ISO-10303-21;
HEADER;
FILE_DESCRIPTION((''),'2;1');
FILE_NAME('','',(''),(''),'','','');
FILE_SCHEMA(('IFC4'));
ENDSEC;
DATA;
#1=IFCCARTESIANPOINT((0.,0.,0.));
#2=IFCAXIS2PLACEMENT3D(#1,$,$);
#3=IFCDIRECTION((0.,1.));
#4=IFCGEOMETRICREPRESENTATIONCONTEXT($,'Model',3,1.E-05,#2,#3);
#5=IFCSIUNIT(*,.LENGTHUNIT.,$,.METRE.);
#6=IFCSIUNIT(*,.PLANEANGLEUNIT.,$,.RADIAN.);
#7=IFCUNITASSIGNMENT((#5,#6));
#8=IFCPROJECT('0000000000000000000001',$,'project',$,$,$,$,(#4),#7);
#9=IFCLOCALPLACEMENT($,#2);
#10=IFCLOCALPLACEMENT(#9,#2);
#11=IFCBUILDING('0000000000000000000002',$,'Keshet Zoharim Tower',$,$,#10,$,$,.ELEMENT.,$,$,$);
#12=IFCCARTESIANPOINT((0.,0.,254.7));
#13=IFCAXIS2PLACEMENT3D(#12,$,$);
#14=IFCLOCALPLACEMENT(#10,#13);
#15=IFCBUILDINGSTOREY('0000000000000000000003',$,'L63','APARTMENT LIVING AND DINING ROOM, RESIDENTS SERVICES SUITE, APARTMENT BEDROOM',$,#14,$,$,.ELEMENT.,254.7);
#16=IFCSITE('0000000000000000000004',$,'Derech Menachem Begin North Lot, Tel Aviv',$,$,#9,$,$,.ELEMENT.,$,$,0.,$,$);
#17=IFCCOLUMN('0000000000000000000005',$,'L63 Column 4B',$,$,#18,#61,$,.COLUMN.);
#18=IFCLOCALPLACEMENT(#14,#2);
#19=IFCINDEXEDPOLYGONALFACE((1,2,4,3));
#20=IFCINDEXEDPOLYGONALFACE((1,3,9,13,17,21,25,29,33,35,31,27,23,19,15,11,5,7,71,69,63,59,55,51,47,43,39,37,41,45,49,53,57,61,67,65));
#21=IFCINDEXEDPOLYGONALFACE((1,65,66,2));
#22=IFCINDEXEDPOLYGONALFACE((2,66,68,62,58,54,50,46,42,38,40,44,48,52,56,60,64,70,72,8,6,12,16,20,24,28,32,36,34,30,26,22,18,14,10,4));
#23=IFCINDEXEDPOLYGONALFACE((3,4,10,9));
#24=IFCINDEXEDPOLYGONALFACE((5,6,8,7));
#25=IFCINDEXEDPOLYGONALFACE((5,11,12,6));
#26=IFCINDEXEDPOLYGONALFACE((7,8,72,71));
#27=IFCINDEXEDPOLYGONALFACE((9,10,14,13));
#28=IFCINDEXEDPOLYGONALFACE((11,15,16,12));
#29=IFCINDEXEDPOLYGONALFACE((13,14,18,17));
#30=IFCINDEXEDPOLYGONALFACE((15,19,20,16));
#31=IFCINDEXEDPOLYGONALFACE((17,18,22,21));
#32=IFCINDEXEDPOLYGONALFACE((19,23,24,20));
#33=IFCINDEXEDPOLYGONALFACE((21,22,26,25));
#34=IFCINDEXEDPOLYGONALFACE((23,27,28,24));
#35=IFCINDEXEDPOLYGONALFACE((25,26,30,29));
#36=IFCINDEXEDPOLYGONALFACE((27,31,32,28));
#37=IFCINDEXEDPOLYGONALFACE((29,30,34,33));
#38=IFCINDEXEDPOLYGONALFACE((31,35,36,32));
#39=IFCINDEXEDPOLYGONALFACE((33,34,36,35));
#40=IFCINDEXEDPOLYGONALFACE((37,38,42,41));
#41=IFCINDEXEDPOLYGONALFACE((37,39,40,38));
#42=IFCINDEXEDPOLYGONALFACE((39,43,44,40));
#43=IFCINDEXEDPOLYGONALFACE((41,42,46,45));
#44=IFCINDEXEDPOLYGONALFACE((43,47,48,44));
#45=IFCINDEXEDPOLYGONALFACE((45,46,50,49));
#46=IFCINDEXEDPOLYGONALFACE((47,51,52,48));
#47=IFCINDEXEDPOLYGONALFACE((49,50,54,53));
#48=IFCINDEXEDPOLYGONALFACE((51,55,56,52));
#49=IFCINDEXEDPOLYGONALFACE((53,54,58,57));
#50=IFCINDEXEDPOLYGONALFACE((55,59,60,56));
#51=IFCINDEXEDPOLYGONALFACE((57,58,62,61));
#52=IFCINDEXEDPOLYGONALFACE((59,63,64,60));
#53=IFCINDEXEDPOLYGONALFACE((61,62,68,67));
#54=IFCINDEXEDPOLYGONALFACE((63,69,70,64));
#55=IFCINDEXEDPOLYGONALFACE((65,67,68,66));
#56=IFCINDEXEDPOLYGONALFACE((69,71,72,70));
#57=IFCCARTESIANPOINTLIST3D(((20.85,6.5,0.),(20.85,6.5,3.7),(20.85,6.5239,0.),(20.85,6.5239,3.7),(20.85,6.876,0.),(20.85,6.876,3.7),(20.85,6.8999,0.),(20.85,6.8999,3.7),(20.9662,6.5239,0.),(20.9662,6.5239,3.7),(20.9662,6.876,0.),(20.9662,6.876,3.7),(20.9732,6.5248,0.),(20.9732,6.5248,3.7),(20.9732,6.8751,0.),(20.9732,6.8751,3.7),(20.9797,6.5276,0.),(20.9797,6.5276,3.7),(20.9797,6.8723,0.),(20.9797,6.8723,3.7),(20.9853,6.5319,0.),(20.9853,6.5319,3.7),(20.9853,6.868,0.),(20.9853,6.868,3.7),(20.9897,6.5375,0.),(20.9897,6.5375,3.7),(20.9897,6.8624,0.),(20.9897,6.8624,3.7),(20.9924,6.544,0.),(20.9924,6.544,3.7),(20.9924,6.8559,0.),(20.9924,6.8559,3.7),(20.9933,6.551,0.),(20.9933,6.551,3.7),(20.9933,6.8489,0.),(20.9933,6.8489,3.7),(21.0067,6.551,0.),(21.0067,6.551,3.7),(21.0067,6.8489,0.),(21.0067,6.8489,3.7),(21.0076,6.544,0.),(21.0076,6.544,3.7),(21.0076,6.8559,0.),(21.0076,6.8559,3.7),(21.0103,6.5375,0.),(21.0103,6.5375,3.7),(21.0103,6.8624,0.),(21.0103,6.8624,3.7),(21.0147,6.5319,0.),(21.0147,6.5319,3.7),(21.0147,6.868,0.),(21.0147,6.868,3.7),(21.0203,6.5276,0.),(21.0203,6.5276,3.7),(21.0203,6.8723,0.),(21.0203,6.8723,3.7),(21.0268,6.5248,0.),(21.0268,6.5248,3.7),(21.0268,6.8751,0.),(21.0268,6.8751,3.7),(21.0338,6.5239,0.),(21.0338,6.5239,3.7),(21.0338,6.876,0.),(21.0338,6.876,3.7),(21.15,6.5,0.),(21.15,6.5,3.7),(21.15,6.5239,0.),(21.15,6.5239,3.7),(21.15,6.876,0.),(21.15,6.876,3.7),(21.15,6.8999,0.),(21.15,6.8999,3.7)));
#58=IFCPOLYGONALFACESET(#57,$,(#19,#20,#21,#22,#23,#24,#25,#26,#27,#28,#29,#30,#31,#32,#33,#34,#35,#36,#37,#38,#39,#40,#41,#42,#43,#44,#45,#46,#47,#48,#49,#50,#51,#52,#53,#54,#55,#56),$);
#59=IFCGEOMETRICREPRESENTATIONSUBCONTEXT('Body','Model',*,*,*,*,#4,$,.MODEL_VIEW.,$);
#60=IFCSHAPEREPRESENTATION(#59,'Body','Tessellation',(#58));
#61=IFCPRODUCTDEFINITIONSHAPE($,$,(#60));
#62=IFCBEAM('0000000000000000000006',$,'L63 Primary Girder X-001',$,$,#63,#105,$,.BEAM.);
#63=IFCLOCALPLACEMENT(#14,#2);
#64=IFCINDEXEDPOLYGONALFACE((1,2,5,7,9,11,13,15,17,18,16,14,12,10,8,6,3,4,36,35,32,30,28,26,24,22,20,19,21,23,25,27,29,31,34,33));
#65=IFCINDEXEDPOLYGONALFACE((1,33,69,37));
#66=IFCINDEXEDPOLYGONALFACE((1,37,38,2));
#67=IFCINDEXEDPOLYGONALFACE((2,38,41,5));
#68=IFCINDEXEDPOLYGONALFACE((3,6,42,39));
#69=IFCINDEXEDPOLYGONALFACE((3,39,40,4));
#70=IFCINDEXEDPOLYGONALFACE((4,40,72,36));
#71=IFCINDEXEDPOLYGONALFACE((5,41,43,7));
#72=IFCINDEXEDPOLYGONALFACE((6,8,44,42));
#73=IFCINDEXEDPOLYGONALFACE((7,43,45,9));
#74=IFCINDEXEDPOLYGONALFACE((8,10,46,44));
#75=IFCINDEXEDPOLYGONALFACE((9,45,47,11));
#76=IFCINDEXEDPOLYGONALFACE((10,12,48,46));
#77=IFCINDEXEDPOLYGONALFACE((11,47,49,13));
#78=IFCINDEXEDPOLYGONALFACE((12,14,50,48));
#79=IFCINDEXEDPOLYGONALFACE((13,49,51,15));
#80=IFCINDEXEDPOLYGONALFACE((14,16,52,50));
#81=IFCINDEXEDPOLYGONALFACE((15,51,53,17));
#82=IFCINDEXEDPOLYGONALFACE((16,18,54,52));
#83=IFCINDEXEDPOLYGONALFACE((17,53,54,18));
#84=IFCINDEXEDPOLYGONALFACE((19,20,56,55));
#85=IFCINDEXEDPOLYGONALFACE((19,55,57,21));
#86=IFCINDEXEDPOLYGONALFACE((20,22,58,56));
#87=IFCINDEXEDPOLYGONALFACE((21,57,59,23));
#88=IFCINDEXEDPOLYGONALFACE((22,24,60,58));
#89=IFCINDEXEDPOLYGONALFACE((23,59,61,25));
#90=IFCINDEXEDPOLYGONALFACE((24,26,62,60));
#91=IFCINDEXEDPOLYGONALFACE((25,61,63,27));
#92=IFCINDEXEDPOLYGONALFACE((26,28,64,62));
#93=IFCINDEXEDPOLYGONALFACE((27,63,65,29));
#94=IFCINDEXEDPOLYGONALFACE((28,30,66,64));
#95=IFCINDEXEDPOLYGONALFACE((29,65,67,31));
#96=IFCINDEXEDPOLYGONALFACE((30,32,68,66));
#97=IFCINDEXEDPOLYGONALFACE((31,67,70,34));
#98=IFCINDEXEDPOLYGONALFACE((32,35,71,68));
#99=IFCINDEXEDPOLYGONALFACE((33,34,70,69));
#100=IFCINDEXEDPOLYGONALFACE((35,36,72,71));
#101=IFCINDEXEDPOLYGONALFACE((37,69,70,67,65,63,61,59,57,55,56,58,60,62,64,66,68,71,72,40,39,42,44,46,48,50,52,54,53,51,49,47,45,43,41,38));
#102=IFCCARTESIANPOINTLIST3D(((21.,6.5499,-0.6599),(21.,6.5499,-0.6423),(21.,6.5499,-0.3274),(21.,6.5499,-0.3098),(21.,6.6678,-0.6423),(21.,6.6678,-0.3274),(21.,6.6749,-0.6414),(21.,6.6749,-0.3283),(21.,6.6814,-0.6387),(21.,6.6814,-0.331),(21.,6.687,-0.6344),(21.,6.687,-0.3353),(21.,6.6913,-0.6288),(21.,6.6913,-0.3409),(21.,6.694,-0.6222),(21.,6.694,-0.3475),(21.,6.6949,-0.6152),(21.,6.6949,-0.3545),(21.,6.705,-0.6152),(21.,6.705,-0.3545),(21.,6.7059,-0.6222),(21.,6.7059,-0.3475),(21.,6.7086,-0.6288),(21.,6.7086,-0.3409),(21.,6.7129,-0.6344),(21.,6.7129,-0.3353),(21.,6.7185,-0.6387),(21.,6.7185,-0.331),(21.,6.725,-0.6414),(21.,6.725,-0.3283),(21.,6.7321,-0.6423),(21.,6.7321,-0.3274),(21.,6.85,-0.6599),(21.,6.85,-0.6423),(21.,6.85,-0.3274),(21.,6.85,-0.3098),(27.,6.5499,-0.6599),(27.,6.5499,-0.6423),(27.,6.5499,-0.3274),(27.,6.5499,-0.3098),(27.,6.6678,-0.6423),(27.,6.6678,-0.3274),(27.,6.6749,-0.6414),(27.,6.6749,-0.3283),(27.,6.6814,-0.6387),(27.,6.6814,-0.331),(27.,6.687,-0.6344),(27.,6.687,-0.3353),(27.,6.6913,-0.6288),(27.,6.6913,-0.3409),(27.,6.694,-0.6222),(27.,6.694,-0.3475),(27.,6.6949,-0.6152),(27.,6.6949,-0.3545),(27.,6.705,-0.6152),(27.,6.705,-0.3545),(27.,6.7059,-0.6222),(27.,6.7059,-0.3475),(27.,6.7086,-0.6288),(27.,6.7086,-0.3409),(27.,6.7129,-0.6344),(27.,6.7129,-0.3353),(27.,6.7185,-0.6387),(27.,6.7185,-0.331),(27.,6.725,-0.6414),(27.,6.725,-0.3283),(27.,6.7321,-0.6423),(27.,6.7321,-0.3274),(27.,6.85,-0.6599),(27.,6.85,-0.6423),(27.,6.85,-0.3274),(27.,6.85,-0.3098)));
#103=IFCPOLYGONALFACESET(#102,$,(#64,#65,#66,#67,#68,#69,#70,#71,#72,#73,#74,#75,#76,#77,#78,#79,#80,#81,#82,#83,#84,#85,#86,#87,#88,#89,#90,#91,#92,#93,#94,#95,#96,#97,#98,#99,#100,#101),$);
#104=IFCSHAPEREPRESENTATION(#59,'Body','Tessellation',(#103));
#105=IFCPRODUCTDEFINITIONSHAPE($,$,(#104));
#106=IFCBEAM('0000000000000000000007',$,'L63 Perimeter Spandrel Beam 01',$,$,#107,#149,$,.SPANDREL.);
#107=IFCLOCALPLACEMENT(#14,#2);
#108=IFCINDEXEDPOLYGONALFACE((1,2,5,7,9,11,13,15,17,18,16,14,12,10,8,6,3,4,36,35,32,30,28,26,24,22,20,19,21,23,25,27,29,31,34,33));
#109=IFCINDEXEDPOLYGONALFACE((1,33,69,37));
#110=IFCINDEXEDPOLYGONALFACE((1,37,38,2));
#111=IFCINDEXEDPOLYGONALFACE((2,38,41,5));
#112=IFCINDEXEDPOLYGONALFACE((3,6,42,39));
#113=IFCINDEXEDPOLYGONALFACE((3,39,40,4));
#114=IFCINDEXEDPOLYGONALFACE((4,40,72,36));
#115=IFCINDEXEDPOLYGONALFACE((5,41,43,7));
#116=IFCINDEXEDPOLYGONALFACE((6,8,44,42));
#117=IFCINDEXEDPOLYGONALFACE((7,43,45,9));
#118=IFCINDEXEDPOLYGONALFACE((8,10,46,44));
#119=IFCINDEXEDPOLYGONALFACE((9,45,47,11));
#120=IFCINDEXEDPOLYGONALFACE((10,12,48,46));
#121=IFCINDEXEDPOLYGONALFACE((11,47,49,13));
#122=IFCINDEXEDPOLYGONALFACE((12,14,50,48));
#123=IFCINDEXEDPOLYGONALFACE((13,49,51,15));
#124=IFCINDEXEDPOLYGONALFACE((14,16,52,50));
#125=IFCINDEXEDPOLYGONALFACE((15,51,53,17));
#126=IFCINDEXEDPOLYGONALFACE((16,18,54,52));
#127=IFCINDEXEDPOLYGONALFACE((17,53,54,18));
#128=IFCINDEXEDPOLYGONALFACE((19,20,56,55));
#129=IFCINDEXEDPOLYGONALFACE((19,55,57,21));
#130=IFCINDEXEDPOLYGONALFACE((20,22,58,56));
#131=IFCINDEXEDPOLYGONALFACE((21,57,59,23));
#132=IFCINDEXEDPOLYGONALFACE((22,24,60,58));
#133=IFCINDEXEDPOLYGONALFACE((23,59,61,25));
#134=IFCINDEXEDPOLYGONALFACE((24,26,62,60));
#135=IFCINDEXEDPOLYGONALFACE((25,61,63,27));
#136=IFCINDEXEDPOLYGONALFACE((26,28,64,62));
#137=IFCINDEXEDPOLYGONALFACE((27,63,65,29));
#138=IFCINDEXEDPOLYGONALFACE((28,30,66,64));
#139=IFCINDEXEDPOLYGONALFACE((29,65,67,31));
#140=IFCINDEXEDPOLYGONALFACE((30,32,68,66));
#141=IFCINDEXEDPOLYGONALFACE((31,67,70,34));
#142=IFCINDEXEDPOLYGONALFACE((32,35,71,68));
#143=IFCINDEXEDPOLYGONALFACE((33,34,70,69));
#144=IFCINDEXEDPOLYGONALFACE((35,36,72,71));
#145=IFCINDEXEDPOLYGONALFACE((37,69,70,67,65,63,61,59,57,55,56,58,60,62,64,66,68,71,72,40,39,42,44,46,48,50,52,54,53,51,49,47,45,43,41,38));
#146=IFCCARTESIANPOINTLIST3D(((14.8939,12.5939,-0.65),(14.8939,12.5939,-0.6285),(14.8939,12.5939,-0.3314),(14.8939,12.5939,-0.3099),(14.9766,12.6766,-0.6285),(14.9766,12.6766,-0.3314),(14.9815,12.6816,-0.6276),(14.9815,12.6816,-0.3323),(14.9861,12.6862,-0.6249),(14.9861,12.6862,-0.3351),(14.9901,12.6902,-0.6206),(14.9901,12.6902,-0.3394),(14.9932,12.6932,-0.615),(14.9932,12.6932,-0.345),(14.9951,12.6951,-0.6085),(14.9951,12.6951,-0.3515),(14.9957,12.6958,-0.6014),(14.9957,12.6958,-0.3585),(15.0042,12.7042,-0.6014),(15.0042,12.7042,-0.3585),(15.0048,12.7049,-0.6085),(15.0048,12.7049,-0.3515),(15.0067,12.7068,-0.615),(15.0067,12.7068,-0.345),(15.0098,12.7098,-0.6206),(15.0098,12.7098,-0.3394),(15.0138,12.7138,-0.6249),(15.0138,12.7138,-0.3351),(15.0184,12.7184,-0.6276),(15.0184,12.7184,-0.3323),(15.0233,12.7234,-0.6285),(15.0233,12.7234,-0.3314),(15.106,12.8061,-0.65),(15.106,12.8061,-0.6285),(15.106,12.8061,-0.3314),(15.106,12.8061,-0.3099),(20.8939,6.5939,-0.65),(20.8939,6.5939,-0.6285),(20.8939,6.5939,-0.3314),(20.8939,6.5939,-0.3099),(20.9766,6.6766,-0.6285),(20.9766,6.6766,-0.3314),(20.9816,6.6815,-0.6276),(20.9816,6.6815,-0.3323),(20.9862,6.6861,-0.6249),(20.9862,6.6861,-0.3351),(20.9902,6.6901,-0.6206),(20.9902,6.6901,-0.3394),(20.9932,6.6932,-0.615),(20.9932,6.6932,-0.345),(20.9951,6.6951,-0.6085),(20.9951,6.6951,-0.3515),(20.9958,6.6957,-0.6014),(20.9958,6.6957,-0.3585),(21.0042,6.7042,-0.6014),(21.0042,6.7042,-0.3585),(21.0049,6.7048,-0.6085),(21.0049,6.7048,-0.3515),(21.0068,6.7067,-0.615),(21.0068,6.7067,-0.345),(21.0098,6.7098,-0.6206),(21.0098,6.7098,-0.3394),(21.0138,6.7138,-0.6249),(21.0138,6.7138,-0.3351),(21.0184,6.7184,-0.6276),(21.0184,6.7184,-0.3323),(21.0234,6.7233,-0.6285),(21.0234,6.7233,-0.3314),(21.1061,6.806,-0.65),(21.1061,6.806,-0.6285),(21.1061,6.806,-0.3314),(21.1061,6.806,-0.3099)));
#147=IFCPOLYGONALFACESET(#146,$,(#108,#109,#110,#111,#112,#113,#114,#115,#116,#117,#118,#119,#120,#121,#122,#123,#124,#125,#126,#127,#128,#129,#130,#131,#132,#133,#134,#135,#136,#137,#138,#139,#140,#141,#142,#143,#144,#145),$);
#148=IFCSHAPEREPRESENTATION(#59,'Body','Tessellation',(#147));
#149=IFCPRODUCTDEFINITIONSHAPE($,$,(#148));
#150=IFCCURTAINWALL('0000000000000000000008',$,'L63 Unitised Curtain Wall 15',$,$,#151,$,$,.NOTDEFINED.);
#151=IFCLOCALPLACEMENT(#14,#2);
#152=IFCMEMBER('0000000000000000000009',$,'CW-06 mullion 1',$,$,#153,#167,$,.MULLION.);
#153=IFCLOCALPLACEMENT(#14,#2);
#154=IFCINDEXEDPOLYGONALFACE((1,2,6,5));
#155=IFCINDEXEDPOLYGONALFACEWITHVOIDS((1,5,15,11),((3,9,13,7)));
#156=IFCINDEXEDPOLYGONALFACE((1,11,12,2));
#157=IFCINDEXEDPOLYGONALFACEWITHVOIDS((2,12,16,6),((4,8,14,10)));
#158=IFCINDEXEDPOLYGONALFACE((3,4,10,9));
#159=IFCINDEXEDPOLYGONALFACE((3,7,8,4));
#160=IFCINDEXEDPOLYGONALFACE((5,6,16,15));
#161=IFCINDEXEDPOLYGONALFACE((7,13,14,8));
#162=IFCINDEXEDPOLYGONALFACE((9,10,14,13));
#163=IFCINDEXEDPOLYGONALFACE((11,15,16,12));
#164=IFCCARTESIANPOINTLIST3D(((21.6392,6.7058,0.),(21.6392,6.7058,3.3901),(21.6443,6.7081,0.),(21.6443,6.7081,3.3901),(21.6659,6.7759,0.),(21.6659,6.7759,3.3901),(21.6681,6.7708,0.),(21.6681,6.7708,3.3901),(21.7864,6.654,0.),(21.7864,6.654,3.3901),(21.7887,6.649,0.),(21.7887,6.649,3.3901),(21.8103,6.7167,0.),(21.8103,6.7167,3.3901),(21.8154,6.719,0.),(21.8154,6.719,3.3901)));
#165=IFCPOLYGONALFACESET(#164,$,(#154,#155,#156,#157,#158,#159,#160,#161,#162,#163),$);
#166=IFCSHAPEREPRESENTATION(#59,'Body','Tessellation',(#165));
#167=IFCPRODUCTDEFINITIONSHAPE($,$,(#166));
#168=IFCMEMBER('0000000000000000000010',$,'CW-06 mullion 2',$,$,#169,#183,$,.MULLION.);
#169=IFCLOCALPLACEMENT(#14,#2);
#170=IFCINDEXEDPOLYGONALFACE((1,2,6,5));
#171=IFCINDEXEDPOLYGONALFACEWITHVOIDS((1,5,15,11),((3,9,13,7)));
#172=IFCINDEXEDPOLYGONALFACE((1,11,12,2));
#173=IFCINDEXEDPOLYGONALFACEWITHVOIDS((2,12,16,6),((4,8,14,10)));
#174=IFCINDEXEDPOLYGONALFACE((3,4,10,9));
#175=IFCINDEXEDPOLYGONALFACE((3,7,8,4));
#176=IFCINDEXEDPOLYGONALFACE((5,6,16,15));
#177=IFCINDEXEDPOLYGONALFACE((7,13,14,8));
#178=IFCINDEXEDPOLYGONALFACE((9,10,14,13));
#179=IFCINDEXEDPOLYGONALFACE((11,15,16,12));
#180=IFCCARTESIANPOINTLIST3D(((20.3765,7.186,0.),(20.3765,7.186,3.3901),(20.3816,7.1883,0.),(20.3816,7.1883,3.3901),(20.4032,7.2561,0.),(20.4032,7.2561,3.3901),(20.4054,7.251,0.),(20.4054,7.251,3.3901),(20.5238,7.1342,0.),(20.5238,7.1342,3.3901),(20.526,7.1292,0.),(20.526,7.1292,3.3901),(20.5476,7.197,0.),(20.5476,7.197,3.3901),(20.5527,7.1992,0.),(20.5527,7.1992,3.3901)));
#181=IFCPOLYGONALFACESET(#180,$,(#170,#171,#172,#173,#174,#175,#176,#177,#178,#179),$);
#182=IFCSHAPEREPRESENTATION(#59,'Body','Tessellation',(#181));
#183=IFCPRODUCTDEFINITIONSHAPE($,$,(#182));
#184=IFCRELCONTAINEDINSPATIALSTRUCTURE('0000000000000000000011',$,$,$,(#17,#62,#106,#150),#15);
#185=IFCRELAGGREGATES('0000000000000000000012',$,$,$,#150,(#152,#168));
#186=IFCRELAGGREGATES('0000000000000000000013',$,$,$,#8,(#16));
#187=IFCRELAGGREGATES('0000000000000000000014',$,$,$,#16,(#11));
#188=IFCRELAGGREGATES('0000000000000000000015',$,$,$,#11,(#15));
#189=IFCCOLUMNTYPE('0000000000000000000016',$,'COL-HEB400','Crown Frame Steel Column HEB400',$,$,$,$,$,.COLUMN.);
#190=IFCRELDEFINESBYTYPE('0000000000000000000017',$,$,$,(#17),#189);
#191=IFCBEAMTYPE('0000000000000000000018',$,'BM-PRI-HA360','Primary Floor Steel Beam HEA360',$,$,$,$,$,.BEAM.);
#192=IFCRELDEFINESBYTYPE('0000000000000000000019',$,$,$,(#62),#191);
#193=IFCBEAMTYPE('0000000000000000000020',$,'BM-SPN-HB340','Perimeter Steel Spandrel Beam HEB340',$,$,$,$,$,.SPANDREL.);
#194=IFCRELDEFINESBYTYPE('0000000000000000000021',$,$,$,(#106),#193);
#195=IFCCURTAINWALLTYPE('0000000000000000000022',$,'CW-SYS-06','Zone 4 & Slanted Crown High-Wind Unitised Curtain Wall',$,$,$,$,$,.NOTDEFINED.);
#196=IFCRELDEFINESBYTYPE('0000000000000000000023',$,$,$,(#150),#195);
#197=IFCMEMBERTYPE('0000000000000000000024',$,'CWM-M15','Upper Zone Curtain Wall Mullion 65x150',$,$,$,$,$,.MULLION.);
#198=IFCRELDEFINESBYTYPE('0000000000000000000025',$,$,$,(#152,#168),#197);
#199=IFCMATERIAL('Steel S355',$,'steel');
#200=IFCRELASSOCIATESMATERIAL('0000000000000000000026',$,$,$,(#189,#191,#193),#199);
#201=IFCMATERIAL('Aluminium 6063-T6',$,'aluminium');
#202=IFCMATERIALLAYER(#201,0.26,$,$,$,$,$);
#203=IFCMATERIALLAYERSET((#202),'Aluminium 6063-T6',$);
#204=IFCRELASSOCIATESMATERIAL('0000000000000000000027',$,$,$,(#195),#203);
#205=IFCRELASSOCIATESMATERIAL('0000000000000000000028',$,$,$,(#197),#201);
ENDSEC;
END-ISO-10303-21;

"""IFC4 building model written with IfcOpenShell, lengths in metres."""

from ifc_helpers import new_model, si_unit, direction, frame, origin, origin_2d, place, context, subcontext, project, spatial, hollow_rectangle, i_section, extrude, material, layer, layer_set, material_profile, profile_set, type_object, element, aggregate, save


model = new_model("IFC4")

# Units and contexts
model_context = context("Model", 3, precision=1e-05, world=origin(), true_north=direction((0.0, 1.0)))
body_context = subcontext(model_context, "Body", "Model", "MODEL_VIEW")
ifc_project = project(units=[si_unit("LENGTHUNIT", "METRE"), si_unit("PLANEANGLEUNIT", "RADIAN")], contexts=[model_context])

# Site, building, storey
site_placement = place(None, origin())
site = spatial("IfcSite", under=ifc_project, at=site_placement, Name="Derech Menachem Begin North Lot, Tel Aviv", CompositionType="ELEMENT", RefElevation=0.0)
building_placement = place(site_placement, origin())
building = spatial("IfcBuilding", under=site, at=building_placement, Name="Keshet Zoharim Tower", CompositionType="ELEMENT")
storey_placement = place(building_placement, frame((0.0, 0.0, 254.7)))
storey = spatial("IfcBuildingStorey", under=building, at=storey_placement, Name="L63", Description="APARTMENT LIVING AND DINING ROOM, RESIDENTS SERVICES SUITE, APARTMENT BEDROOM", CompositionType="ELEMENT", Elevation=254.7)

# Column
ifc_material_1 = material(Name="Steel S355", Category="steel")
ifc_material_profile_1 = material_profile(ifc_material_1, i_section(OverallWidth=0.3, OverallDepth=0.3999, WebThickness=0.0134, FlangeThickness=0.0239, FilletRadius=0.0271, at=origin_2d()), Name="HEB400")
ifc_profile_set_1 = profile_set([ifc_material_profile_1], Name="Steel S355")
column_type = type_object("IfcColumnType", Name="COL-HEB400", Description="Crown Frame Steel Column HEB400", PredefinedType="COLUMN", material=ifc_profile_set_1)
column_placement = place(storey_placement, frame((21.0, 6.7, 0.0), z_axis=(0.0, 0.0, 1.0), x_axis=(1.0, 0.0, 0.0)))
element("IfcColumn", 1, at=column_placement, inside=storey, type_object=column_type, Name="L63 Column 4B", PredefinedType="COLUMN", context=body_context, shape_type="SweptSolid", body=[
    extrude(i_section(OverallWidth=0.3, OverallDepth=0.3999, WebThickness=0.0134, FlangeThickness=0.0239, FilletRadius=0.0271, at=origin_2d()), origin(), (0.0, 0.0, 1.0), 3.7),
])

# Beams
ifc_material_profile_2 = material_profile(ifc_material_1, i_section(OverallWidth=0.3, OverallDepth=0.3501, WebThickness=0.01, FlangeThickness=0.0176, FilletRadius=0.0271, at=origin_2d()), Name="HEA360")
ifc_profile_set_2 = profile_set([ifc_material_profile_2], Name="Steel S355")
beam_type_1 = type_object("IfcBeamType", Name="BM-PRI-HA360", Description="Primary Floor Steel Beam HEA360", PredefinedType="BEAM", material=ifc_profile_set_2)
beam_1_placement = place(storey_placement, frame((21.0, 6.7, -0.4849), z_axis=(1.0, 0.0, 0.0), x_axis=(0.0, 1.0, 0.0)))
element("IfcBeam", 2, at=beam_1_placement, inside=storey, type_object=beam_type_1, Name="L63 Primary Girder X-001", PredefinedType="BEAM", context=body_context, shape_type="SweptSolid", body=[
    extrude(i_section(OverallWidth=0.3, OverallDepth=0.3501, WebThickness=0.01, FlangeThickness=0.0176, FilletRadius=0.0271, at=origin_2d()), origin(), (0.0, 0.0, 1.0), 6.0),
])
ifc_material_profile_3 = material_profile(ifc_material_1, i_section(OverallWidth=0.3, OverallDepth=0.3401, WebThickness=0.012, FlangeThickness=0.0215, FilletRadius=0.0271, at=origin_2d()), Name="HEB340")
ifc_profile_set_3 = profile_set([ifc_material_profile_3], Name="Steel S355")
beam_type_2 = type_object("IfcBeamType", Name="BM-SPN-HB340", Description="Perimeter Steel Spandrel Beam HEB340", PredefinedType="SPANDREL", material=ifc_profile_set_3)
beam_2_placement = place(storey_placement, frame((21.0, 6.7, -0.48), z_axis=(-0.707107, 0.707107, 0.0), x_axis=(-0.707107, -0.707107, 0.0)))
element("IfcBeam", 3, at=beam_2_placement, inside=storey, type_object=beam_type_2, Name="L63 Perimeter Spandrel Beam 01", PredefinedType="SPANDREL", context=body_context, shape_type="SweptSolid", body=[
    extrude(i_section(OverallWidth=0.3, OverallDepth=0.3401, WebThickness=0.012, FlangeThickness=0.0215, FilletRadius=0.0271, at=origin_2d()), origin(), (0.0, 0.0, 1.0), 8.4854),
])

# Curtain wall, members
ifc_material_2 = material(Name="Aluminium 6063-T6", Category="aluminium")
ifc_layer_1 = layer(ifc_material_2, 0.26)
ifc_layer_set_1 = layer_set([ifc_layer_1], Name="Aluminium 6063-T6")
curtain_wall_type = type_object("IfcCurtainWallType", Name="CW-SYS-06", Description="Zone 4 & Slanted Crown High-Wind Unitised Curtain Wall", PredefinedType="NOTDEFINED", material=ifc_layer_set_1)
curtain_wall_1_placement = place(storey_placement, origin())
curtain_wall_1 = element("IfcCurtainWall", 4, at=curtain_wall_1_placement, inside=storey, type_object=curtain_wall_type, Name="L63 Unitised Curtain Wall 15", PredefinedType="NOTDEFINED")
ifc_material_profile_4 = material_profile(ifc_material_2, hollow_rectangle(XDim=0.075, YDim=0.1599, WallThickness=0.0039, at=origin_2d()), Name="MUL-75x160")
ifc_profile_set_4 = profile_set([ifc_material_profile_4], Name="Aluminium 6063-T6")
member_type_1 = type_object("IfcMemberType", Name="CWM-M15", Description="Upper Zone Curtain Wall Mullion 65x150", PredefinedType="MULLION", material=ifc_profile_set_4)
member_1_placement = place(storey_placement, frame((21.7273, 6.7124, 0.0), z_axis=(0.0, 0.0, 1.0), x_axis=(-0.355439, -0.934699, 0.0)))
member_1 = element("IfcMember", 5, at=member_1_placement, type_object=member_type_1, Name="CW-06 mullion 1", PredefinedType="MULLION", context=body_context, shape_type="SweptSolid", body=[
    extrude(hollow_rectangle(XDim=0.075, YDim=0.1599, WallThickness=0.0039, at=origin_2d()), origin(), (0.0, 0.0, 1.0), 3.3901),
])
member_2_placement = place(storey_placement, frame((20.4646, 7.1926, 0.0), z_axis=(0.0, 0.0, 1.0), x_axis=(-0.355439, -0.934699, 0.0)))
member_2 = element("IfcMember", 6, at=member_2_placement, type_object=member_type_1, Name="CW-06 mullion 2", PredefinedType="MULLION", context=body_context, shape_type="SweptSolid", body=[
    extrude(hollow_rectangle(XDim=0.075, YDim=0.1599, WallThickness=0.0039, at=origin_2d()), origin(), (0.0, 0.0, 1.0), 3.3901),
])

aggregate(curtain_wall_1, [member_1, member_2])

save(model, "model.ifc")
